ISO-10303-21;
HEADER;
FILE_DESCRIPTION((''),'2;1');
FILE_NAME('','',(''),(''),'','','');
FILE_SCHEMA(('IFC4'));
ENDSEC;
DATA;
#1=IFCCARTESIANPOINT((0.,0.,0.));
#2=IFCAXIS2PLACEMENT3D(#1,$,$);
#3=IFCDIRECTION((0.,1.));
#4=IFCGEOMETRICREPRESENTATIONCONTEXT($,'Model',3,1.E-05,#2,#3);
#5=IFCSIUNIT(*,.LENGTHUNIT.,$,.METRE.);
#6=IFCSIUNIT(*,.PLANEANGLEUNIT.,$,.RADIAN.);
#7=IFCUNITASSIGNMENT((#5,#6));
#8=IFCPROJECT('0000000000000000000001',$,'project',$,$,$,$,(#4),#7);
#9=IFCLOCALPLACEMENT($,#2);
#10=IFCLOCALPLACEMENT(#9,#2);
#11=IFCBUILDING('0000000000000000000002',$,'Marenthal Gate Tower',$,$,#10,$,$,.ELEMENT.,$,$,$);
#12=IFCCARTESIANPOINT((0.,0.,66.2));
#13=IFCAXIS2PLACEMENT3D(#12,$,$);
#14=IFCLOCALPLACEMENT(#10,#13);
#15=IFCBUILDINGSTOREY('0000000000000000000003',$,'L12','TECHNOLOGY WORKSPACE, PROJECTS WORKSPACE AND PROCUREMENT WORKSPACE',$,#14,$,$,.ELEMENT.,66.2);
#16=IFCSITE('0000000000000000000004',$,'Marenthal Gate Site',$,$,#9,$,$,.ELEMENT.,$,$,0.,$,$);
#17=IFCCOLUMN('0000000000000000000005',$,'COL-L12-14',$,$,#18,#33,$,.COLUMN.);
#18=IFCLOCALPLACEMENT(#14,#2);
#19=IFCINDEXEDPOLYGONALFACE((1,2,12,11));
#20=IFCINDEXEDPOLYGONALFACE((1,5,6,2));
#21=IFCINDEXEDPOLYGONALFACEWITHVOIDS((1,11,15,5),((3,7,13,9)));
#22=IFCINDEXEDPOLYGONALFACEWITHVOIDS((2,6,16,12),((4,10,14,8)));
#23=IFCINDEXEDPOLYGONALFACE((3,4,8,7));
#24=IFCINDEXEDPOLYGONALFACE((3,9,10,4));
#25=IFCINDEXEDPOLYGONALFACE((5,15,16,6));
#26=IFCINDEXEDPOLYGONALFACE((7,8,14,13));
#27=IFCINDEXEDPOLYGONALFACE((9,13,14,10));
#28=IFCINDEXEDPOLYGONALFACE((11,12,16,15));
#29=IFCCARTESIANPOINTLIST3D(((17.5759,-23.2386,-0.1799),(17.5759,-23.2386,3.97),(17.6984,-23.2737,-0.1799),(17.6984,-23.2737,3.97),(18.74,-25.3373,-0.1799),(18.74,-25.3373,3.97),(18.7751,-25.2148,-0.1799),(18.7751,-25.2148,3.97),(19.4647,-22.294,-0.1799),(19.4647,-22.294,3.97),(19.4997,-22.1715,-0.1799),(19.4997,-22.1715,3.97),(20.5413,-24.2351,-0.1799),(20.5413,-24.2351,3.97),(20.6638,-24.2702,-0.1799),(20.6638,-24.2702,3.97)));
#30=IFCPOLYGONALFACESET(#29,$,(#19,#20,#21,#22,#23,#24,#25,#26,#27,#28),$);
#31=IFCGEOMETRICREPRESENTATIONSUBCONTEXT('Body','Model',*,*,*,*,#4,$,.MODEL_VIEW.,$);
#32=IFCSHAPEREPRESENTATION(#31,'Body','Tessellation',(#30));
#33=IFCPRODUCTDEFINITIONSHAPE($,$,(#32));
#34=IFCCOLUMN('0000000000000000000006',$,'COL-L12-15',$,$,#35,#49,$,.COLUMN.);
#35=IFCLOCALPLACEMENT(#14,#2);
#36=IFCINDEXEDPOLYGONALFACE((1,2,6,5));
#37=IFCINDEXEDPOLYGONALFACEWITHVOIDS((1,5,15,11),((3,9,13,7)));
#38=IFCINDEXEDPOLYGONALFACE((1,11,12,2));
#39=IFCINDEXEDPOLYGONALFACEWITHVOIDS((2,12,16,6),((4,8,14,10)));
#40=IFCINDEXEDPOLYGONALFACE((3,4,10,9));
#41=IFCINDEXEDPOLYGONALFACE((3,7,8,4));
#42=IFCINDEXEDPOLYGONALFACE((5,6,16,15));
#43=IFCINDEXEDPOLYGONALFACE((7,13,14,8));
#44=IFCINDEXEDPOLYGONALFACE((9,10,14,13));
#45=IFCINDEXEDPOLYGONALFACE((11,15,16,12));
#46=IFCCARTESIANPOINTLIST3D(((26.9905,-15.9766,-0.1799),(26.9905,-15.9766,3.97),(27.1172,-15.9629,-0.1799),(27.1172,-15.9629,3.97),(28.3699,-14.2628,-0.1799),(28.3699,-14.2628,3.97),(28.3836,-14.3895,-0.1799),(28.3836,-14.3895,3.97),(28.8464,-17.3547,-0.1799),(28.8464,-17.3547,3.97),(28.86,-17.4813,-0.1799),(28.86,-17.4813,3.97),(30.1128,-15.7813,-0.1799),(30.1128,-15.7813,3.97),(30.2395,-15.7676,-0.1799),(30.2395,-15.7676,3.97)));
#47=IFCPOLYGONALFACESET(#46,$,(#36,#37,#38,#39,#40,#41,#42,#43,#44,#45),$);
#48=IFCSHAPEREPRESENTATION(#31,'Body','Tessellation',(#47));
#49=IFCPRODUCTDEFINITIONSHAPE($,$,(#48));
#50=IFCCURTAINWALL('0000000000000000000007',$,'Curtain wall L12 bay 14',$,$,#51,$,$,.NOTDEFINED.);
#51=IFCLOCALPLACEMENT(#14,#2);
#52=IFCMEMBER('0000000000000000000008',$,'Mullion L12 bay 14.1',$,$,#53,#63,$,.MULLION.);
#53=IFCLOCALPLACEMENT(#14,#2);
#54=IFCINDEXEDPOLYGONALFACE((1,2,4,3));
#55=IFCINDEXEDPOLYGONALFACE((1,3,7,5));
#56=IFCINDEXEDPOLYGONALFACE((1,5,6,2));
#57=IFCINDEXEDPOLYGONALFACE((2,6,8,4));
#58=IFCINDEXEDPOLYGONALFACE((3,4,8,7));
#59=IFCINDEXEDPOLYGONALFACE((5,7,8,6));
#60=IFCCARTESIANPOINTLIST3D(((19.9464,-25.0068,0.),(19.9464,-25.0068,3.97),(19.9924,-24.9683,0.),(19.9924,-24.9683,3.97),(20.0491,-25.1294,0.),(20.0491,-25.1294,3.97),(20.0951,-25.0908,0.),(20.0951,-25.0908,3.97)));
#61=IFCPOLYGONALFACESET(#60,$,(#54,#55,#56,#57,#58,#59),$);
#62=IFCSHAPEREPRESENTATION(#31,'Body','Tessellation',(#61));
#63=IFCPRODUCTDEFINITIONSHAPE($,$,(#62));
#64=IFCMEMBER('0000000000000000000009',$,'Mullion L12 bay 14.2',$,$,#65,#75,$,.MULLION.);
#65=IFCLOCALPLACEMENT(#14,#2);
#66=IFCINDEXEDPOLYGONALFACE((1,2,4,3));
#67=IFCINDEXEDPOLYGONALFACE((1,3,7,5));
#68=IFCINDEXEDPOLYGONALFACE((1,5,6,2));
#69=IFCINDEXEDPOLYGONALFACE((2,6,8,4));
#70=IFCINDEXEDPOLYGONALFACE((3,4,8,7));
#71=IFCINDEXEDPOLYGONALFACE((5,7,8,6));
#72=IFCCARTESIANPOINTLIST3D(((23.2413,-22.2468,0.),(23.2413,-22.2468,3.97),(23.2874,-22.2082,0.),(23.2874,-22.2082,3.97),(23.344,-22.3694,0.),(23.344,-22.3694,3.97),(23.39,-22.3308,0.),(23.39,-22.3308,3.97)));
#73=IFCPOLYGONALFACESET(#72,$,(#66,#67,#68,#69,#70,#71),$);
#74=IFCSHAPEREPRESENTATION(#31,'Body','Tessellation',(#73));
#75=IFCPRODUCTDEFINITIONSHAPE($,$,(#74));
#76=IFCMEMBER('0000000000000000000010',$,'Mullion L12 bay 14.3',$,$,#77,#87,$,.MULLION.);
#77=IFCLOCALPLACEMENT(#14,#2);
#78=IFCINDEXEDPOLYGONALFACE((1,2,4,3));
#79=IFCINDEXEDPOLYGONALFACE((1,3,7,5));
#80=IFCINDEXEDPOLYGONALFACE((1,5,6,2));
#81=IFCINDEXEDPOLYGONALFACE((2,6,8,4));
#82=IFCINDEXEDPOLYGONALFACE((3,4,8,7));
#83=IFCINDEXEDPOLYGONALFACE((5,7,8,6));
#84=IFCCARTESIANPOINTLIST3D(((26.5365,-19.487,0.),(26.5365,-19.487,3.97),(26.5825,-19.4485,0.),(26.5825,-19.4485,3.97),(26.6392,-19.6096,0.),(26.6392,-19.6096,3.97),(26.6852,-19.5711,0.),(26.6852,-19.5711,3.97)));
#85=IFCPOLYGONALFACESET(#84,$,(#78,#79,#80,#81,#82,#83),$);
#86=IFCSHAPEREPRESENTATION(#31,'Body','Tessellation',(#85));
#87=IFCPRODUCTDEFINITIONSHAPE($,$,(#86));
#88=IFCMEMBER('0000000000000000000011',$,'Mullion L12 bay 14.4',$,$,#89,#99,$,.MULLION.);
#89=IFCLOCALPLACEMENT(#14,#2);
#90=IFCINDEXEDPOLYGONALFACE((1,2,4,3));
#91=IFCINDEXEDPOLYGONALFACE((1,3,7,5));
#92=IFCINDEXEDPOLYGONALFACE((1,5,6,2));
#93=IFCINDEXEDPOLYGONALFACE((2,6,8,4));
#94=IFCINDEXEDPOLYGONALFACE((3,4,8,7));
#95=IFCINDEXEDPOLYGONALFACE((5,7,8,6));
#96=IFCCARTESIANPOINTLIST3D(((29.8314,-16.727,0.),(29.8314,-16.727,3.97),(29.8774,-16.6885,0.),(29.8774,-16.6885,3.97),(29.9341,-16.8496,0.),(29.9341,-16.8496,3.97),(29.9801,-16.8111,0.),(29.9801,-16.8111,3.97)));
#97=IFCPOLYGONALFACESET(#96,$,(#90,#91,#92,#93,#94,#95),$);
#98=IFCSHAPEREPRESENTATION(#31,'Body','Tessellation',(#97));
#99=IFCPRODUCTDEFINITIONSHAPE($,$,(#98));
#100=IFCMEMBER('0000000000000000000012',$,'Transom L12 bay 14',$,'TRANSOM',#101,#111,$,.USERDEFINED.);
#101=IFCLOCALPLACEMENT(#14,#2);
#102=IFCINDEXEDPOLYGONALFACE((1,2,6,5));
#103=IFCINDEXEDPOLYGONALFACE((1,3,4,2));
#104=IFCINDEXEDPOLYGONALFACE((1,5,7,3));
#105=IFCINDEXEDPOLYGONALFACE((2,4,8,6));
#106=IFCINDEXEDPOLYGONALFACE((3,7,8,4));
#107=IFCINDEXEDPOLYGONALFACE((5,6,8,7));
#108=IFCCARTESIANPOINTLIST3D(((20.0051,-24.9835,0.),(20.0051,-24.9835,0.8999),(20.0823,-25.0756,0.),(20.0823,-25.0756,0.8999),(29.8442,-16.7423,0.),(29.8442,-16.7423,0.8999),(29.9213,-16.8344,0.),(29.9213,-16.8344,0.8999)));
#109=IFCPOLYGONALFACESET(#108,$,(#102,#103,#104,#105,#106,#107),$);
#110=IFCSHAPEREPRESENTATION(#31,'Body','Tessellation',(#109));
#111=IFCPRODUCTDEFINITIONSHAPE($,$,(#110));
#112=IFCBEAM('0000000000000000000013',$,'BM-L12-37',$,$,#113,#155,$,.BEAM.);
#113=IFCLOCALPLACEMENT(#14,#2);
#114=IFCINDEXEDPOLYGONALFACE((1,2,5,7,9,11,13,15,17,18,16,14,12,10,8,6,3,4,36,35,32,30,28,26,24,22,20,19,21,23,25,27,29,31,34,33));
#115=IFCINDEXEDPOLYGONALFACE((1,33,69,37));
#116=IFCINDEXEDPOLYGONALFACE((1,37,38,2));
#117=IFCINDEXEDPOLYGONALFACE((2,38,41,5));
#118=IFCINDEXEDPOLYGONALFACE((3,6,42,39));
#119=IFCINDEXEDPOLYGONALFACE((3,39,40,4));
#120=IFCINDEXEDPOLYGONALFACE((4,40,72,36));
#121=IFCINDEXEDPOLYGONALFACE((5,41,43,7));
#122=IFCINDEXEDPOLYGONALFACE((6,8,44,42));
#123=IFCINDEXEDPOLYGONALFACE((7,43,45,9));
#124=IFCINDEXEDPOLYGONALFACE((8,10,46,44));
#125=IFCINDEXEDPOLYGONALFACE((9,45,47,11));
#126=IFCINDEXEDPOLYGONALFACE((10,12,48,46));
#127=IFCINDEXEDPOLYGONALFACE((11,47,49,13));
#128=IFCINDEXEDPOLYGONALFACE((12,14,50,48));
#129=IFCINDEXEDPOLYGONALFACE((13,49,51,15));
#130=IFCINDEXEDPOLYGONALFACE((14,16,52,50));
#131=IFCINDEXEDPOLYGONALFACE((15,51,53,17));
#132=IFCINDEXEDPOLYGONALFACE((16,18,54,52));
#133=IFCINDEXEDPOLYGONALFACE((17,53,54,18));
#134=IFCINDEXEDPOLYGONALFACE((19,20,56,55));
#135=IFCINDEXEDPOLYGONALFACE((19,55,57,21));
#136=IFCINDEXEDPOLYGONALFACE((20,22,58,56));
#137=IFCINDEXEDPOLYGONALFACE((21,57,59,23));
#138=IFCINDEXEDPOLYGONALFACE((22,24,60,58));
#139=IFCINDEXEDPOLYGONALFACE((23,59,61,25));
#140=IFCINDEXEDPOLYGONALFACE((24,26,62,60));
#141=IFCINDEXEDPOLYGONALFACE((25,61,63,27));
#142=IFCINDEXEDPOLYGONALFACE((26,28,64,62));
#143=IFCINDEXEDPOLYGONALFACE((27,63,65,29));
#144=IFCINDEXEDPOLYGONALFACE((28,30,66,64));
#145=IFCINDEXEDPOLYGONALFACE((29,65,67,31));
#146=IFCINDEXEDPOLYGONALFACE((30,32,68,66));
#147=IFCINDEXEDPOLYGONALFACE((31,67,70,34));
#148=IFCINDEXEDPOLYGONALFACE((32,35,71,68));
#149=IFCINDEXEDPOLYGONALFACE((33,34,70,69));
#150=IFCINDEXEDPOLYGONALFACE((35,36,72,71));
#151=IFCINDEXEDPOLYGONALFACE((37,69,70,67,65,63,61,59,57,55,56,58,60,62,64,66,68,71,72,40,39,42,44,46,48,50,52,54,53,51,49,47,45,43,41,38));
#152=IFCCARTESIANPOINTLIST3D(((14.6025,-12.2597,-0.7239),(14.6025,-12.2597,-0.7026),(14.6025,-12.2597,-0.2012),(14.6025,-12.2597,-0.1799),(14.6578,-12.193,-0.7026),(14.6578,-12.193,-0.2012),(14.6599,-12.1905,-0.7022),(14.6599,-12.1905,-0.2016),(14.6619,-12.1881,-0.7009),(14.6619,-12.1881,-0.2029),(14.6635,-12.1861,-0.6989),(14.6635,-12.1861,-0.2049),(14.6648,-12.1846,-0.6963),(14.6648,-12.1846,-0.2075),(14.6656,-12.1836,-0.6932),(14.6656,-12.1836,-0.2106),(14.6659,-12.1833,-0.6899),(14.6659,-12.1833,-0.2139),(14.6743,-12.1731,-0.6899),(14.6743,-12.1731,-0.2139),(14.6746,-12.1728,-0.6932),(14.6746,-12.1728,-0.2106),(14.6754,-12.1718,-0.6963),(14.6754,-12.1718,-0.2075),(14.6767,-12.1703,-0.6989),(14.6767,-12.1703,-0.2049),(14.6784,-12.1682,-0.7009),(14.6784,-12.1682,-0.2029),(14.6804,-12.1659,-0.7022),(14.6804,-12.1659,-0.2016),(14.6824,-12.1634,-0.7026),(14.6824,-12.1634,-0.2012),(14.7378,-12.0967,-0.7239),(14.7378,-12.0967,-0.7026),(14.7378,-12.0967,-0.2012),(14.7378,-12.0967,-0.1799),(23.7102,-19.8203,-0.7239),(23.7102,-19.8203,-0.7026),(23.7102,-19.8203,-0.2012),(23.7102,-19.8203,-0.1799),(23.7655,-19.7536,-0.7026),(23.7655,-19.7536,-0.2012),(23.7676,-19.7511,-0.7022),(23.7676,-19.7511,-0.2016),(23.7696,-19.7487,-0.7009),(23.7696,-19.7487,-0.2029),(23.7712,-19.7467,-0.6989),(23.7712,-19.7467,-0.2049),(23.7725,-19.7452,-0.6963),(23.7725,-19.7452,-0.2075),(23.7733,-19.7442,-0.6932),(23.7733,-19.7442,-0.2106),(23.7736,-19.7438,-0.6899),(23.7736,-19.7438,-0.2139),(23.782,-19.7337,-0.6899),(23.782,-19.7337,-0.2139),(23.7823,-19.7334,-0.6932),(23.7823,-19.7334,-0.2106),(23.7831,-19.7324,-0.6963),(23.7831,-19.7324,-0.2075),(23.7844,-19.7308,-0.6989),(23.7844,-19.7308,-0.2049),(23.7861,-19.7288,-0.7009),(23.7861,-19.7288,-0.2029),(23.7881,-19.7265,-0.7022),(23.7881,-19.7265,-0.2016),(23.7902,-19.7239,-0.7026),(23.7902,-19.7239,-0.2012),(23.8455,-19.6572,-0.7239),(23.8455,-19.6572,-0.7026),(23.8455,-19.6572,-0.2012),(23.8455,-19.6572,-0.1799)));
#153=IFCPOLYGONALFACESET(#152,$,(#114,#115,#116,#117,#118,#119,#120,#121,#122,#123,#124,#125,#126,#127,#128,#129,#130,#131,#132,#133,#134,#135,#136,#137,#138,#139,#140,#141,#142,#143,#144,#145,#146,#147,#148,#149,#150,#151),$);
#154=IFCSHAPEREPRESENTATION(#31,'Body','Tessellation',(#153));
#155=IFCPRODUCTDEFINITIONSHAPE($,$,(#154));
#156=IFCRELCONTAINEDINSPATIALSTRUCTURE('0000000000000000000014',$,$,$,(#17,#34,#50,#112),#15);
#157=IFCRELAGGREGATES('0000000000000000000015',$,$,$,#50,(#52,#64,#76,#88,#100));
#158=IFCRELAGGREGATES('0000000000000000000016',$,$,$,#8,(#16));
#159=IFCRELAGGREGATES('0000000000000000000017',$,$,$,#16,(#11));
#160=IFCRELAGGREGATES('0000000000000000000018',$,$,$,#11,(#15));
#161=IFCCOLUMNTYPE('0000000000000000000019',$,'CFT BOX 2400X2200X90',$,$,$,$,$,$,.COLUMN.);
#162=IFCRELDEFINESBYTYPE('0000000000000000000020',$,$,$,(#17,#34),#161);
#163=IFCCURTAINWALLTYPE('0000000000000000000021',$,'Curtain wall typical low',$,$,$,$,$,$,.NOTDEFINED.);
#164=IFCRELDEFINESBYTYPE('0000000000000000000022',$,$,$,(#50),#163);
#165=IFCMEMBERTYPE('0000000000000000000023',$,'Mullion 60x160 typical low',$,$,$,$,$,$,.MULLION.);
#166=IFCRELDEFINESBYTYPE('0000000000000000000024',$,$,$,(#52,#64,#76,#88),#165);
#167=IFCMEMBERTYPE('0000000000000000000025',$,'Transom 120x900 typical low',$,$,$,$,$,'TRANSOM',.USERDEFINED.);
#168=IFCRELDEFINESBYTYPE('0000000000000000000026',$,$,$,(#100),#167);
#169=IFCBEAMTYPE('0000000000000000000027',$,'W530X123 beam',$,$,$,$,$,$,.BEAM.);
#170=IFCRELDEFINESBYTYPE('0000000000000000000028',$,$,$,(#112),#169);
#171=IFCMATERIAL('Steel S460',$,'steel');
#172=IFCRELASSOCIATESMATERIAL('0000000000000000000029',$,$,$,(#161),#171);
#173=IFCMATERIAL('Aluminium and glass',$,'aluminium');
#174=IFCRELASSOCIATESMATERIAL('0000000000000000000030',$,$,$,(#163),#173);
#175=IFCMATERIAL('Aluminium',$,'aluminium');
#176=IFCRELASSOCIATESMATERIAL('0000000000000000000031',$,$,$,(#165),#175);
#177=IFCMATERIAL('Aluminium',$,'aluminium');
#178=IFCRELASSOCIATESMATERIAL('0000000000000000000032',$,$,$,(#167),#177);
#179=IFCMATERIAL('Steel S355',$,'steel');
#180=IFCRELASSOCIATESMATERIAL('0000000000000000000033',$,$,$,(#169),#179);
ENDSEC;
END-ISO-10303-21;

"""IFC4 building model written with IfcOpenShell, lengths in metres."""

from ifc_helpers import new_model, si_unit, direction, frame, origin, origin_2d, place, context, subcontext, project, spatial, rectangle, hollow_rectangle, i_section, extrude, material, material_profile, profile_set, type_object, element, aggregate, save


model = new_model("IFC4")

# Units and contexts
model_context = context("Model", 3, precision=1e-05, world=origin(), true_north=direction((0.0, 1.0)))
body_context = subcontext(model_context, "Body", "Model", "MODEL_VIEW")
ifc_project = project(units=[si_unit("LENGTHUNIT", "METRE"), si_unit("PLANEANGLEUNIT", "RADIAN")], contexts=[model_context])

# Site, building, storey
site_placement = place(None, origin())
site = spatial("IfcSite", under=ifc_project, at=site_placement, Name="Marenthal Gate Site", CompositionType="ELEMENT", RefElevation=0.0)
building_placement = place(site_placement, origin())
building = spatial("IfcBuilding", under=site, at=building_placement, Name="Marenthal Gate Tower", CompositionType="ELEMENT")
storey_placement = place(building_placement, frame((0.0, 0.0, 66.2)))
storey = spatial("IfcBuildingStorey", under=building, at=storey_placement, Name="L12", Description="TECHNOLOGY WORKSPACE, PROJECTS WORKSPACE AND PROCUREMENT WORKSPACE", CompositionType="ELEMENT", Elevation=66.2)

# Columns
ifc_material_1 = material(Name="Steel S460", Category="steel")
ifc_material_profile_1 = material_profile(ifc_material_1, hollow_rectangle(XDim=2.2, YDim=2.3999, WallThickness=0.0901, at=origin_2d()), Name="CFT BOX 2400X2200X90")
ifc_material_2 = material(Name="Concrete 70 MPa", Category="concrete")
ifc_material_profile_2 = material_profile(ifc_material_2, rectangle(XDim=2.02, YDim=2.22, at=origin_2d()), Name="CFT BOX 2400X2200X90 INFILL")
ifc_profile_set_1 = profile_set([ifc_material_profile_1, ifc_material_profile_2], Name="Steel S460 shell, Concrete 70 MPa infill")
column_type = type_object("IfcColumnType", Name="CFT BOX 2400X2200X90", PredefinedType="COLUMN", material=ifc_profile_set_1)
for number, where, z_axis, x_axis, name in (
    (1, (19.1199, -23.7544, -0.1799), (0.0, 0.0, 1.0), (-0.874483, -0.485055, 0.0), "COL-L12-14"),
    (2, (28.615, -15.8721, -0.1799), (0.0, 0.0, 1.0), (-0.627023, -0.779001, 0.0), "COL-L12-15"),
):
    element("IfcColumn", number, at=place(storey_placement, frame(where, z_axis=z_axis, x_axis=x_axis)), inside=storey, type_object=column_type, Name=name, PredefinedType="COLUMN", context=body_context, shape_type="SweptSolid", body=[
        extrude(hollow_rectangle(XDim=2.2, YDim=2.3999, WallThickness=0.0901, at=origin_2d()), origin(), (0.0, 0.0, 1.0), 4.1499),
    ])

# Curtain wall, members
ifc_material_3 = material(Name="Aluminium and glass", Category="aluminium")
curtain_wall_type = type_object("IfcCurtainWallType", Name="Curtain wall typical low", PredefinedType="NOTDEFINED", material=ifc_material_3)
curtain_wall_placement = place(storey_placement, origin())
curtain_wall = element("IfcCurtainWall", 3, at=curtain_wall_placement, inside=storey, type_object=curtain_wall_type, Name="Curtain wall L12 bay 14", PredefinedType="NOTDEFINED")
ifc_material_4 = material(Name="Aluminium", Category="aluminium")
ifc_material_profile_3 = material_profile(ifc_material_4, rectangle(XDim=0.1599, YDim=0.0601, at=origin_2d()), Name="60x160 aluminium mullion")
ifc_profile_set_2 = profile_set([ifc_material_profile_3], Name="Aluminium")
member_type_1 = type_object("IfcMemberType", Name="Mullion 60x160 typical low", PredefinedType="MULLION", material=ifc_profile_set_2)
member_1_placement = place(storey_placement, frame((20.0208, -25.0488, 0.0), z_axis=(0.0, 0.0, 1.0), x_axis=(-0.642112, 0.766611, 0.0)))
member_1 = element("IfcMember", 4, at=member_1_placement, type_object=member_type_1, Name="Mullion L12 bay 14.1", PredefinedType="MULLION", context=body_context, shape_type="SweptSolid", body=[
    extrude(rectangle(XDim=0.1599, YDim=0.0601, at=origin_2d()), origin(), (0.0, 0.0, 1.0), 3.97),
])
member_2_placement = place(storey_placement, frame((23.3157, -22.2888, 0.0), z_axis=(0.0, 0.0, 1.0), x_axis=(-0.642112, 0.766611, 0.0)))
member_2 = element("IfcMember", 5, at=member_2_placement, type_object=member_type_1, Name="Mullion L12 bay 14.2", PredefinedType="MULLION", context=body_context, shape_type="SweptSolid", body=[
    extrude(rectangle(XDim=0.1599, YDim=0.0601, at=origin_2d()), origin(), (0.0, 0.0, 1.0), 3.97),
])
member_3_placement = place(storey_placement, frame((26.6108, -19.5291, 0.0), z_axis=(0.0, 0.0, 1.0), x_axis=(-0.642112, 0.766611, 0.0)))
member_3 = element("IfcMember", 6, at=member_3_placement, type_object=member_type_1, Name="Mullion L12 bay 14.3", PredefinedType="MULLION", context=body_context, shape_type="SweptSolid", body=[
    extrude(rectangle(XDim=0.1599, YDim=0.0601, at=origin_2d()), origin(), (0.0, 0.0, 1.0), 3.97),
])
member_4_placement = place(storey_placement, frame((29.9058, -16.769, 0.0), z_axis=(0.0, 0.0, 1.0), x_axis=(-0.642112, 0.766611, 0.0)))
member_4 = element("IfcMember", 7, at=member_4_placement, type_object=member_type_1, Name="Mullion L12 bay 14.4", PredefinedType="MULLION", context=body_context, shape_type="SweptSolid", body=[
    extrude(rectangle(XDim=0.1599, YDim=0.0601, at=origin_2d()), origin(), (0.0, 0.0, 1.0), 3.97),
])
ifc_material_5 = material(Name="Aluminium", Category="aluminium")
ifc_material_profile_4 = material_profile(ifc_material_5, rectangle(XDim=0.1201, YDim=0.8999, at=origin_2d()), Name="120x900 aluminium transom")
ifc_profile_set_3 = profile_set([ifc_material_profile_4], Name="Aluminium")
member_type_2 = type_object("IfcMemberType", Name="Transom 120x900 typical low", ElementType="TRANSOM", PredefinedType="USERDEFINED", material=ifc_profile_set_3)
member_5_placement = place(storey_placement, frame((20.0437, -25.0295, 0.45), z_axis=(0.766611, 0.642111, 0.0), x_axis=(-0.642111, 0.766611, 0.0)))
member_5 = element("IfcMember", 8, at=member_5_placement, type_object=member_type_2, Name="Transom L12 bay 14", ObjectType="TRANSOM", PredefinedType="USERDEFINED", context=body_context, shape_type="SweptSolid", body=[
    extrude(rectangle(XDim=0.1201, YDim=0.8999, at=origin_2d()), origin(), (0.0, 0.0, 1.0), 12.8345),
])

# Beam
ifc_material_6 = material(Name="Steel S355", Category="steel")
ifc_material_profile_5 = material_profile(ifc_material_6, i_section(OverallWidth=0.2119, OverallDepth=0.5439, WebThickness=0.0132, FlangeThickness=0.0212, FilletRadius=0.0127, at=origin_2d()), Name="W530X123")
ifc_profile_set_4 = profile_set([ifc_material_profile_5], Name="Steel S355")
beam_type_1 = type_object("IfcBeamType", Name="W530X123 beam", PredefinedType="BEAM", material=ifc_profile_set_4)
beam_1_placement = place(storey_placement, frame((23.7778, -19.7388, -0.4519), z_axis=(-0.769432, 0.638729, 0.0), x_axis=(-0.638729, -0.769432, 0.0)))
element("IfcBeam", 9, at=beam_1_placement, inside=storey, type_object=beam_type_1, Name="BM-L12-37", PredefinedType="BEAM", context=body_context, shape_type="SweptSolid", body=[
    extrude(i_section(OverallWidth=0.2119, OverallDepth=0.5439, WebThickness=0.0132, FlangeThickness=0.0212, FilletRadius=0.0127, at=origin_2d()), origin(), (0.0, 0.0, 1.0), 11.8369),
])

aggregate(curtain_wall, [member_1, member_2, member_3, member_4, member_5])

save(model, "model.ifc")
